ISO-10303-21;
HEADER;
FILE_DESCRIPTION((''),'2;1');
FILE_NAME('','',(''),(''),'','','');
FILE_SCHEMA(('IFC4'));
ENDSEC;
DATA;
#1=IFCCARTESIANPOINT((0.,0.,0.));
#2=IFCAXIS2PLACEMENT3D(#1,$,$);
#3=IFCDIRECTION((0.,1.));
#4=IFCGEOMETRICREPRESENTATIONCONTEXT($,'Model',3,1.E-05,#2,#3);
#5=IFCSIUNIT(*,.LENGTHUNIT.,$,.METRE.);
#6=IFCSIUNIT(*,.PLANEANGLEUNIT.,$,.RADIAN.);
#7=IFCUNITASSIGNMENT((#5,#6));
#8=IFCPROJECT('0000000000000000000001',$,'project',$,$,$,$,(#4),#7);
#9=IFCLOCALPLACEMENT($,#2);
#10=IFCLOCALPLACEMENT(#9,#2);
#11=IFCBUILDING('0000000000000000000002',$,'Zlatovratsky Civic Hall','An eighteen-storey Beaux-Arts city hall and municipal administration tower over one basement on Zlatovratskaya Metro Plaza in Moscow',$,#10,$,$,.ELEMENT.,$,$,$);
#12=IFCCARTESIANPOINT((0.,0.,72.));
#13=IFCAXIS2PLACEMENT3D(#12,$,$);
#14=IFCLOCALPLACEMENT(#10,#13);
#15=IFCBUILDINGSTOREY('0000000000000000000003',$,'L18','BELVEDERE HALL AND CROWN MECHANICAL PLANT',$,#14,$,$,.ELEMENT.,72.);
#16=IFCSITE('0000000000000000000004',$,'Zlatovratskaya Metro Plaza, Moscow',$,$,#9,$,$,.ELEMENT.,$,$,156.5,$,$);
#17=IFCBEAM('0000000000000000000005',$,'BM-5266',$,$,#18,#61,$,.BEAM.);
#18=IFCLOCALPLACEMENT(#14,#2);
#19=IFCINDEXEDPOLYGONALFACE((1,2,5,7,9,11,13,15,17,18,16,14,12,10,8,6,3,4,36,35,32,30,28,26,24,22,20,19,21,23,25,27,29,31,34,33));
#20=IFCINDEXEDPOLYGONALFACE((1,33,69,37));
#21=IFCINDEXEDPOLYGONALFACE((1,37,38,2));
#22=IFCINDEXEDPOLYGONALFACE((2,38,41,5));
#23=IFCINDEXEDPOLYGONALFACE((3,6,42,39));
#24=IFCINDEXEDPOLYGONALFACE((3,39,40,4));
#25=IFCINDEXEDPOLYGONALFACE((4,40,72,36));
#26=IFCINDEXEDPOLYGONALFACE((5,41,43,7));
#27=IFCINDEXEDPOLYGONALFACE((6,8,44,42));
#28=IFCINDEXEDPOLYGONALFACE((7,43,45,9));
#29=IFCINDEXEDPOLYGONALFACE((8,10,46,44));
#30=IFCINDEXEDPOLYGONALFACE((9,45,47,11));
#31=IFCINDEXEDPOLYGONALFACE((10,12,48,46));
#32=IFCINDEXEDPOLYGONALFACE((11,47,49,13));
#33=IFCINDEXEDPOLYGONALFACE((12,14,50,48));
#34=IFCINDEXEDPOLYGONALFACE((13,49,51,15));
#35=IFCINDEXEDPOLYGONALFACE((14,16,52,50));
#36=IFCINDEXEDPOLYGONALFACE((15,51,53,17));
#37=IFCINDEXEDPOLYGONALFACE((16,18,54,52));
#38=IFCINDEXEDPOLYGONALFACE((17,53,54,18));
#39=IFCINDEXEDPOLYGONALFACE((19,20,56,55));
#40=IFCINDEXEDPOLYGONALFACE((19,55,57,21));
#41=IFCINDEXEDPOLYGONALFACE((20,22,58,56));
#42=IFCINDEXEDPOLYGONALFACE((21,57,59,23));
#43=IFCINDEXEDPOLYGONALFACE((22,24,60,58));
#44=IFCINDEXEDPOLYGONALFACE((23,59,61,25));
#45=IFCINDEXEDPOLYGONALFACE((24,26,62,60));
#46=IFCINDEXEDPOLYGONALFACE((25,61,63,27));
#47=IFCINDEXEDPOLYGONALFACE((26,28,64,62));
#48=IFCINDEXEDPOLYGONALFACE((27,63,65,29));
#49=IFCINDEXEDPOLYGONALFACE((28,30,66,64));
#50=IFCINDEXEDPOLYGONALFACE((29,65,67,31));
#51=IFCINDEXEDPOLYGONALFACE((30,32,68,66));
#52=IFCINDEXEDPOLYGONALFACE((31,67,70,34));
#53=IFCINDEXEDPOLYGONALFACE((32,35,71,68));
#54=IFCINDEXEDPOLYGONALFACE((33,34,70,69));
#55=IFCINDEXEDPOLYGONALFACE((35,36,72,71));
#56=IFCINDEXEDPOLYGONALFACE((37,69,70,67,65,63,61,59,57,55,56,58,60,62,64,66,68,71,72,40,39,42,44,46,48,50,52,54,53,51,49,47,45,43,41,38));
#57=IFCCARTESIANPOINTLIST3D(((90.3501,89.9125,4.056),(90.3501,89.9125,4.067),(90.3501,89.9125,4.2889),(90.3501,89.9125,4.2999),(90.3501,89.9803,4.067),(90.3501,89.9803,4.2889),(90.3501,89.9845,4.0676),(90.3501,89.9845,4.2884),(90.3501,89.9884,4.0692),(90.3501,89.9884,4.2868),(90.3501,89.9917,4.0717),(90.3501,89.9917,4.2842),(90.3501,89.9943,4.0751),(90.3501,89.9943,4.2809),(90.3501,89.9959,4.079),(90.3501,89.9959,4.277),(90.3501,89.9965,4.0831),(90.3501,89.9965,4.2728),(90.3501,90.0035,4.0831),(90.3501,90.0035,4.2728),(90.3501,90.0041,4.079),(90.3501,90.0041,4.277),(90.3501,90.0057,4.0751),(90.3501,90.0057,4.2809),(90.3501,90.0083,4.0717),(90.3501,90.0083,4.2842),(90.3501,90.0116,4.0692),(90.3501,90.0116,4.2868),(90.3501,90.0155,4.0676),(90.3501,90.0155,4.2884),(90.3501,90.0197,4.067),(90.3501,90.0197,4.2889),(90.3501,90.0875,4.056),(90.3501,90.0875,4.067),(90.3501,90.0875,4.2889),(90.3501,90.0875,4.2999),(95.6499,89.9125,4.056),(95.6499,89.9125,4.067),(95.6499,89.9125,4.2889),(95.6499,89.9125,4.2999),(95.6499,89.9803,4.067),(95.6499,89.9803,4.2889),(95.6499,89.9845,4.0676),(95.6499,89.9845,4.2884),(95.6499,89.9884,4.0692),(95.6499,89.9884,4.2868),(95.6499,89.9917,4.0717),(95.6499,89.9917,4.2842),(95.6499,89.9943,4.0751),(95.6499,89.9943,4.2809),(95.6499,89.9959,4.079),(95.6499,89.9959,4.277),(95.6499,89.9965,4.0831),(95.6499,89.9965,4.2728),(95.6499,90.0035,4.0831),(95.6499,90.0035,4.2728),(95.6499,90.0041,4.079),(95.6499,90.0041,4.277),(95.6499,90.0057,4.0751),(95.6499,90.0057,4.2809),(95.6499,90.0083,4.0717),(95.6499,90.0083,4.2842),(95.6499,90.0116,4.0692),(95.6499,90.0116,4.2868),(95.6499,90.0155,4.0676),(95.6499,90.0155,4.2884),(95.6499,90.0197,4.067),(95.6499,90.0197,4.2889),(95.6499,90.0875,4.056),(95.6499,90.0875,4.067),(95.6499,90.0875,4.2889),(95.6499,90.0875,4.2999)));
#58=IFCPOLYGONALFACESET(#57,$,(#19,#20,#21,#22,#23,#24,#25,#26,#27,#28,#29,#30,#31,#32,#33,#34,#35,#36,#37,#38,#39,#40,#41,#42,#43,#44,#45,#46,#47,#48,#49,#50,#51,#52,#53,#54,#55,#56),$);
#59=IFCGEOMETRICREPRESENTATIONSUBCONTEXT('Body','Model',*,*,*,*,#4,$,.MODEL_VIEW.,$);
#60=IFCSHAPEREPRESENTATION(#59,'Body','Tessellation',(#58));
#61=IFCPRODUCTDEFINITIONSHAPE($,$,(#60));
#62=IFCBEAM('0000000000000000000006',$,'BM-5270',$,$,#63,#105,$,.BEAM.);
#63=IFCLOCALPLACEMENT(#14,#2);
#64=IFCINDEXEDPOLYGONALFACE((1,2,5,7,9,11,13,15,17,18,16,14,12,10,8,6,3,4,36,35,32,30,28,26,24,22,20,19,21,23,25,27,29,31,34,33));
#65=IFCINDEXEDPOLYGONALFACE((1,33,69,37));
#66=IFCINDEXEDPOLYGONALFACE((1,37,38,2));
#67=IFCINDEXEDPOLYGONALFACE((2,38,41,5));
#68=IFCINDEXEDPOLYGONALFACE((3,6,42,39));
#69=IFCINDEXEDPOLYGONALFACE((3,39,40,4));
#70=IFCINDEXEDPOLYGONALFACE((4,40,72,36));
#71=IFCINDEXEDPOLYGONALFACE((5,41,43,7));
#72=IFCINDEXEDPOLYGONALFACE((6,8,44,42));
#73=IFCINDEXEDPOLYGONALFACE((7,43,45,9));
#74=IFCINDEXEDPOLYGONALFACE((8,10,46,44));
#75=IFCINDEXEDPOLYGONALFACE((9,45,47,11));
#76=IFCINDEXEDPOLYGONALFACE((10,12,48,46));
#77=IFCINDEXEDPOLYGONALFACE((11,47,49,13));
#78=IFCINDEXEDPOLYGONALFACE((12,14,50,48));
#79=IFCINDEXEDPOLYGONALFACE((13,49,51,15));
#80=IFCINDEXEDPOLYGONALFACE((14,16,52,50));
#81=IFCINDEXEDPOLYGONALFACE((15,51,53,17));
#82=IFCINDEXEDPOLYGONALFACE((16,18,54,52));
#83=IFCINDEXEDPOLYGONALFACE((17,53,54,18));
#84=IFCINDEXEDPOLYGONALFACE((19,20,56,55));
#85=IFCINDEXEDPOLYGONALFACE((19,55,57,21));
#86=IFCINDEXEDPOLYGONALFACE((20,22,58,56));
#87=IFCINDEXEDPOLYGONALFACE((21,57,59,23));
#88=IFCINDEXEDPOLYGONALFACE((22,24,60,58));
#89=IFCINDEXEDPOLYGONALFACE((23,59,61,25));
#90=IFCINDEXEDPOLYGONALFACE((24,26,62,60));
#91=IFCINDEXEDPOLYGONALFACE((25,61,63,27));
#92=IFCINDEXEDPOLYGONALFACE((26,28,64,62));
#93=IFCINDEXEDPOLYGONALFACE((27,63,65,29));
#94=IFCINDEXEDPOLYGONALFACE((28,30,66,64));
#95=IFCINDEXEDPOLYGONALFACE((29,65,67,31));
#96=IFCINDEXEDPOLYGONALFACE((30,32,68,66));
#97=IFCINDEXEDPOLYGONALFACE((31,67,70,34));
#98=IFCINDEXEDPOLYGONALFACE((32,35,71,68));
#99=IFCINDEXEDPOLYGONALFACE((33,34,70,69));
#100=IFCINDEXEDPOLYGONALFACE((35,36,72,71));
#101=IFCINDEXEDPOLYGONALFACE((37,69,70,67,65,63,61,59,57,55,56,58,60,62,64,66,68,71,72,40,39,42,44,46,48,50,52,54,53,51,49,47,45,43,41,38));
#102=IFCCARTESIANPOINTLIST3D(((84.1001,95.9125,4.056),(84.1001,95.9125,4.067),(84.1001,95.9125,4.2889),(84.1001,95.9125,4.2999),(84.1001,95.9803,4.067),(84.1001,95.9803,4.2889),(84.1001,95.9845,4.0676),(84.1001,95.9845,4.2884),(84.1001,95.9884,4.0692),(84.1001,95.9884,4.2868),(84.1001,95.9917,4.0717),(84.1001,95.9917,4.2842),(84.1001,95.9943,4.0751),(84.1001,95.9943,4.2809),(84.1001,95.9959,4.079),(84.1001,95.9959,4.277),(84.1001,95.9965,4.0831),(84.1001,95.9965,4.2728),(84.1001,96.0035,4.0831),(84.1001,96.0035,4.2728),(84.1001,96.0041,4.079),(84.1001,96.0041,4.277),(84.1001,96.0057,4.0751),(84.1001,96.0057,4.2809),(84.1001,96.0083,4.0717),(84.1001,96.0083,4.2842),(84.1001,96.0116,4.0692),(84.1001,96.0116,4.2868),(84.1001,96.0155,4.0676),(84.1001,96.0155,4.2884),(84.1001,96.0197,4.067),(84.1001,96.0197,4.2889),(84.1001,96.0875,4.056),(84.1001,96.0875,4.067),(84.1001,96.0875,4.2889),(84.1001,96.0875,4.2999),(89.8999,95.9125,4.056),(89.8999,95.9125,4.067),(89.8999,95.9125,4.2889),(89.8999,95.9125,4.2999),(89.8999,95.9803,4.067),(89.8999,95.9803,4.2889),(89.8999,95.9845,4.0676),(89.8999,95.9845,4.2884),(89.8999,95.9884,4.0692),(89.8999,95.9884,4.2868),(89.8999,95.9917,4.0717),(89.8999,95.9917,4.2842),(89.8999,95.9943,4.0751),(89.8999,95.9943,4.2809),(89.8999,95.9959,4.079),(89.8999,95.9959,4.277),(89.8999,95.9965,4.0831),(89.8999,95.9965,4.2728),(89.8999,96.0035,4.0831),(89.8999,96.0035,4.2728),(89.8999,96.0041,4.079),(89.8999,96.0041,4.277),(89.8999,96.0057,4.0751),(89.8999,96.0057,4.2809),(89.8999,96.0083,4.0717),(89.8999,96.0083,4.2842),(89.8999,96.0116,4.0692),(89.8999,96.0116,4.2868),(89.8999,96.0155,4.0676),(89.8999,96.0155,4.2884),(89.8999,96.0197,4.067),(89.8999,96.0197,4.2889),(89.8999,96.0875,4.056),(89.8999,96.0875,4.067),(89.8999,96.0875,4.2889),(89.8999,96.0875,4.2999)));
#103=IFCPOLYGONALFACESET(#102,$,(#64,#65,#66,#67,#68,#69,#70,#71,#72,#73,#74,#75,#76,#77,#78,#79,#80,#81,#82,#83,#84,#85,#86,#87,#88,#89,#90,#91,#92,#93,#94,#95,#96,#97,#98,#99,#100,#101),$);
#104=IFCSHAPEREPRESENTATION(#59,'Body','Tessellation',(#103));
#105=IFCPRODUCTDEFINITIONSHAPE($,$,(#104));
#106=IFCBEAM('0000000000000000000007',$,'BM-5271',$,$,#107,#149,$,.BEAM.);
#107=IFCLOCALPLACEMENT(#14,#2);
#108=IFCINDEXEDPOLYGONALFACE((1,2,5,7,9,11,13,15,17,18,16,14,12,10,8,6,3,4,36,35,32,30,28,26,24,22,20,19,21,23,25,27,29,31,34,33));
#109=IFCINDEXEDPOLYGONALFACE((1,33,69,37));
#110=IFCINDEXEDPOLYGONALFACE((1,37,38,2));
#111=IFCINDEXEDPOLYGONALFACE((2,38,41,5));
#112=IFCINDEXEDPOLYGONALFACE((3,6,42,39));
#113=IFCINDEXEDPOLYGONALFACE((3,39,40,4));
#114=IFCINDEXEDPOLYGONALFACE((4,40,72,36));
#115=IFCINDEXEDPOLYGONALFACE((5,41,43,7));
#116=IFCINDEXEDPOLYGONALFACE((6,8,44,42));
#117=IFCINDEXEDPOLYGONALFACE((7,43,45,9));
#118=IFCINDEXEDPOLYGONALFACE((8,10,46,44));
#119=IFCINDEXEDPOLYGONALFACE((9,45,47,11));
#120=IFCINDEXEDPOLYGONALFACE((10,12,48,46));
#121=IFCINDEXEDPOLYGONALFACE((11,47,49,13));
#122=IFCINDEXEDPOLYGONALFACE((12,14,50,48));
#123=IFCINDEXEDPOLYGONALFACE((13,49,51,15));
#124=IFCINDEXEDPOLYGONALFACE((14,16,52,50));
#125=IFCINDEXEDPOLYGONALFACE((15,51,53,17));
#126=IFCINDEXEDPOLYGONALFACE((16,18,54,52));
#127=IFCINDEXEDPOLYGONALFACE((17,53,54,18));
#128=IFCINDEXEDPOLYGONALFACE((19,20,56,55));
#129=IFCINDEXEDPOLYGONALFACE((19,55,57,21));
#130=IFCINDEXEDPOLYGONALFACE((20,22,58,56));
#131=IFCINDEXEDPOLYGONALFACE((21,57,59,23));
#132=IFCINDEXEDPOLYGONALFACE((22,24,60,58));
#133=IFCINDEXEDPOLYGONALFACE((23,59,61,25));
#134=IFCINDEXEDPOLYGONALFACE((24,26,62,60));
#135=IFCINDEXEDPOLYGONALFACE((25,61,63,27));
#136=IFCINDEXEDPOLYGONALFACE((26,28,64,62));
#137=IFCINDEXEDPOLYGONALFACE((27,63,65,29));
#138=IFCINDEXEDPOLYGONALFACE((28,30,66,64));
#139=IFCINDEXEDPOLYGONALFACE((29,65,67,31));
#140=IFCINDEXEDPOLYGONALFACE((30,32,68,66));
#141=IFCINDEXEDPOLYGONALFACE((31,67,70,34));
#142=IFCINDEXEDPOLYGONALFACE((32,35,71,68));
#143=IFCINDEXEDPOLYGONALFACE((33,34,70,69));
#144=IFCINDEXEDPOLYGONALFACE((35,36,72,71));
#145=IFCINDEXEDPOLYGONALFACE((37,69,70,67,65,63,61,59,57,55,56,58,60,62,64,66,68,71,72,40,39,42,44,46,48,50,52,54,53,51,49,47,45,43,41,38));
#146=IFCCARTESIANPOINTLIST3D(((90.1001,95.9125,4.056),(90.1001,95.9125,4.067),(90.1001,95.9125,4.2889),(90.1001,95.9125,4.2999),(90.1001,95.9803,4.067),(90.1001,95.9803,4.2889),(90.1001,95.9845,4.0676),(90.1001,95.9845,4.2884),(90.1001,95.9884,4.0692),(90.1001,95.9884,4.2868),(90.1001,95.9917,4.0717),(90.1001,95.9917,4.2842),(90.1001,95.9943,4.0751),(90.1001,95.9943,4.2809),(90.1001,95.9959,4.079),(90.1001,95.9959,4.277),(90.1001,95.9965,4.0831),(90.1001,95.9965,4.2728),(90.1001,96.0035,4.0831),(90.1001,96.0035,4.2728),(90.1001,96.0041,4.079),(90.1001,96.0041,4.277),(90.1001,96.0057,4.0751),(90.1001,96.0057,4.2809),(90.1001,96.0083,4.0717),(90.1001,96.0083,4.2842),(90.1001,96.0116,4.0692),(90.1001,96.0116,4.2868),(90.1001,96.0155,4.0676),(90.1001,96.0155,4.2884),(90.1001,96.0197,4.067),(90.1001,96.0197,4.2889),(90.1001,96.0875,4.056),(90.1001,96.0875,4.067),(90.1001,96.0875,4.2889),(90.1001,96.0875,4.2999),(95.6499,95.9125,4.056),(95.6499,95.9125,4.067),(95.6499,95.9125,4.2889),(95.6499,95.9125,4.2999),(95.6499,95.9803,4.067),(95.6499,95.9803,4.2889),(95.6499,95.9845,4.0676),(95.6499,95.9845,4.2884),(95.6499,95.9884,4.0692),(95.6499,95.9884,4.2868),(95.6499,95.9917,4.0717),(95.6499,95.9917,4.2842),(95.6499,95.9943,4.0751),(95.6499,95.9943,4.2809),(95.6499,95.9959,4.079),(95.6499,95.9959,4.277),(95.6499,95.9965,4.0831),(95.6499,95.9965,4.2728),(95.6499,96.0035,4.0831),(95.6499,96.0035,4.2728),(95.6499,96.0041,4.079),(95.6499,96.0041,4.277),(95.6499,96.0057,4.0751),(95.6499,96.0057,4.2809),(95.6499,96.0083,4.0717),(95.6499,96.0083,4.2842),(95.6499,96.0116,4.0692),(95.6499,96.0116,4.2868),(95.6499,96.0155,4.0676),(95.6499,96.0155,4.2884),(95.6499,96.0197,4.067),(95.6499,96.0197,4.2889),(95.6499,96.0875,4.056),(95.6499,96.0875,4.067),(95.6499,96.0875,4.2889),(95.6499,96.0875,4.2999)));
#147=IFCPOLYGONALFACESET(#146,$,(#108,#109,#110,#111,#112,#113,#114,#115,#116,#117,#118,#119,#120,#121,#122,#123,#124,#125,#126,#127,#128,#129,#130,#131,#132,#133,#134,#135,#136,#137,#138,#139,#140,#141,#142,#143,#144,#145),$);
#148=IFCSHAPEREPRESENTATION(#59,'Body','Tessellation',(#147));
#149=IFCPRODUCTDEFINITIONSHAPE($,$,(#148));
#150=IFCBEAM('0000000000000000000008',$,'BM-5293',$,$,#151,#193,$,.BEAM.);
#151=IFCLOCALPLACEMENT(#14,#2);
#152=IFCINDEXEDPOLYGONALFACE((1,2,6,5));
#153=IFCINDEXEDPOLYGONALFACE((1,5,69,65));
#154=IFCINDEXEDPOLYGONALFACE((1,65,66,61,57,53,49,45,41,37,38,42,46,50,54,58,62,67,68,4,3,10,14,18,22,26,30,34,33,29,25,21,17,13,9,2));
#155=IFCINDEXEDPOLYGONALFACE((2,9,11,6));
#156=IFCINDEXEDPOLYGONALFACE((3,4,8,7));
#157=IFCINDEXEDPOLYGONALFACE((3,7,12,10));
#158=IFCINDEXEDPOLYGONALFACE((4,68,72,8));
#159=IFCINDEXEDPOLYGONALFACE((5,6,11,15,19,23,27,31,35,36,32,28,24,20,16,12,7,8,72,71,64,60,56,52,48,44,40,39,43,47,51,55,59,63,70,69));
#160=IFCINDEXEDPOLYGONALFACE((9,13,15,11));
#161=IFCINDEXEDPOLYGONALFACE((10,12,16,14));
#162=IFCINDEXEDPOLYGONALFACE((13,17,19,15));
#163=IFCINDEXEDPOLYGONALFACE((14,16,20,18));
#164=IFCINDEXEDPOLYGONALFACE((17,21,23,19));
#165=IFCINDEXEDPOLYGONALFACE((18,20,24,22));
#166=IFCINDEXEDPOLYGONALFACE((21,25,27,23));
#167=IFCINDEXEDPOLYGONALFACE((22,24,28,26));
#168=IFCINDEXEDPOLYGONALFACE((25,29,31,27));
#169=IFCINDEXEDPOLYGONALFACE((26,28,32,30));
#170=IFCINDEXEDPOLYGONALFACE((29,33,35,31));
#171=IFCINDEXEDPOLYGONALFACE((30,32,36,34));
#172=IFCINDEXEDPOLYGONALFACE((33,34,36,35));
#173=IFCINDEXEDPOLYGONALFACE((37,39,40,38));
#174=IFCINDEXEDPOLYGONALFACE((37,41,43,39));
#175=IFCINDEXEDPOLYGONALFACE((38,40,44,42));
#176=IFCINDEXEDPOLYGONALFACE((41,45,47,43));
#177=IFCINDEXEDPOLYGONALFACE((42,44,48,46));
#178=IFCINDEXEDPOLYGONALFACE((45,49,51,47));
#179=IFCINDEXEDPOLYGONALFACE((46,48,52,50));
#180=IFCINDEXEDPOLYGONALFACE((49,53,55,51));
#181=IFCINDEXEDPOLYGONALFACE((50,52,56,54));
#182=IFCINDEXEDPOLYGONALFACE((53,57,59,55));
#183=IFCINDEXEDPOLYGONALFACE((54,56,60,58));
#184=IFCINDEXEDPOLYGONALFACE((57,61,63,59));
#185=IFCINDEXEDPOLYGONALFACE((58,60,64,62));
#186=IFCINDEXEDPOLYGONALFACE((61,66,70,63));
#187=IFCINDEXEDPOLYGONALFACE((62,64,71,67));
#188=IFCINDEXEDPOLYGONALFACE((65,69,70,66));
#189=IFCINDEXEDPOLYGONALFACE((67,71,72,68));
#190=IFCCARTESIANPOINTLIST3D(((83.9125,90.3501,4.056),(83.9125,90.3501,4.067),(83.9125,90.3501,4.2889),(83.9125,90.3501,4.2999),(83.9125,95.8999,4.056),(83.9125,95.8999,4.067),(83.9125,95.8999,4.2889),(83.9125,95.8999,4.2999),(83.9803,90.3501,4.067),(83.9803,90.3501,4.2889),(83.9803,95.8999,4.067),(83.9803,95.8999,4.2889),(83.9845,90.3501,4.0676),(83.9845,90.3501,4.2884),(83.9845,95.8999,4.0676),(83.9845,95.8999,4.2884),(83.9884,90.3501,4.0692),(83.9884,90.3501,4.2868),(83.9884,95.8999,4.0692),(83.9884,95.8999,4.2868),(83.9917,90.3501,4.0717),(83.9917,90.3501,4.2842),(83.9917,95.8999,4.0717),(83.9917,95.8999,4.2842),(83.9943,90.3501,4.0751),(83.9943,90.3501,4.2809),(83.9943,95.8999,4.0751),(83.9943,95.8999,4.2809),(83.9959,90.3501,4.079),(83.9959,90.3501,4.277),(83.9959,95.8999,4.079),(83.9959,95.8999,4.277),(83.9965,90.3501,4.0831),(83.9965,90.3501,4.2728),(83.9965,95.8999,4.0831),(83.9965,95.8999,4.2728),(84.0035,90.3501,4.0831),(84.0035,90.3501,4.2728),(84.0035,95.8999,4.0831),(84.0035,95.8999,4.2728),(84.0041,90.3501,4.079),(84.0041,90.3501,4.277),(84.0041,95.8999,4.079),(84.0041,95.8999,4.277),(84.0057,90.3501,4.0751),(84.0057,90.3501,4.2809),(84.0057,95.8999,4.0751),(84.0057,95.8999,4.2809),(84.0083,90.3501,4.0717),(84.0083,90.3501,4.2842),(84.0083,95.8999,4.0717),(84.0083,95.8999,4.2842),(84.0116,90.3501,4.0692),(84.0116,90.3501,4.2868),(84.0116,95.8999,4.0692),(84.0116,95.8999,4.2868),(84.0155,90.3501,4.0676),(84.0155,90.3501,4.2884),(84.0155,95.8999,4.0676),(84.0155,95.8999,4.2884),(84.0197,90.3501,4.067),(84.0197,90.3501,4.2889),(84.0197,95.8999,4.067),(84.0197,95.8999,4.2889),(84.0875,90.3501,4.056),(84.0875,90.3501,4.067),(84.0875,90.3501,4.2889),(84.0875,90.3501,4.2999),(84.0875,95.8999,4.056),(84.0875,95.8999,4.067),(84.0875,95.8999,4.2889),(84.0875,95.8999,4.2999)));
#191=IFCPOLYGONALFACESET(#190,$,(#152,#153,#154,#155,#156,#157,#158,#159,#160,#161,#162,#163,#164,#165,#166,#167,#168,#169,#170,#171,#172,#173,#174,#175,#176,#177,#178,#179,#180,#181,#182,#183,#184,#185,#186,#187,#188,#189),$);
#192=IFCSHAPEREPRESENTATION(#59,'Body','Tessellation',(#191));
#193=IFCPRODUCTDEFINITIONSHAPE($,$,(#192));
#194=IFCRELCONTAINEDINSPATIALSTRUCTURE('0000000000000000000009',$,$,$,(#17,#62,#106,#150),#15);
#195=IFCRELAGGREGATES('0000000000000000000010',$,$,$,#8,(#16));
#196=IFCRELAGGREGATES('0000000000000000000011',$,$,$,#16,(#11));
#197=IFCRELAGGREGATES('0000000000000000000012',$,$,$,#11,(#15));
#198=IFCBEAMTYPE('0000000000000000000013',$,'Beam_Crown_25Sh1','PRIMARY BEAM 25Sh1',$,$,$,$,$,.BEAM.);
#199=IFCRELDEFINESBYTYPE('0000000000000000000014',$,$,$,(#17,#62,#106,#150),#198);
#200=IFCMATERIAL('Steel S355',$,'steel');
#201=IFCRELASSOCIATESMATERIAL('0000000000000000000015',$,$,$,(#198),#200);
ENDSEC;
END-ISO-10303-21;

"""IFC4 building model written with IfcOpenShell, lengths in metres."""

from ifc_helpers import new_model, si_unit, direction, frame, origin, origin_2d, place, context, subcontext, project, spatial, i_section, extrude, material, material_profile, profile_set, type_object, element, save


model = new_model("IFC4")

# Units and contexts
model_context = context("Model", 3, precision=1e-05, world=origin(), true_north=direction((0.0, 1.0)))
body_context = subcontext(model_context, "Body", "Model", "MODEL_VIEW")
ifc_project = project(units=[si_unit("LENGTHUNIT", "METRE"), si_unit("PLANEANGLEUNIT", "RADIAN")], contexts=[model_context])

# Site, building, storey
site_placement = place(None, origin())
site = spatial("IfcSite", under=ifc_project, at=site_placement, Name="Zlatovratskaya Metro Plaza, Moscow", CompositionType="ELEMENT", RefElevation=156.5)
building_placement = place(site_placement, origin())
building = spatial("IfcBuilding", under=site, at=building_placement, Name="Zlatovratsky Civic Hall", Description="An eighteen-storey Beaux-Arts city hall and municipal administration tower over one basement on Zlatovratskaya Metro Plaza in Moscow", CompositionType="ELEMENT")
storey_placement = place(building_placement, frame((0.0, 0.0, 72.0)))
storey = spatial("IfcBuildingStorey", under=building, at=storey_placement, Name="L18", Description="BELVEDERE HALL AND CROWN MECHANICAL PLANT", CompositionType="ELEMENT", Elevation=72.0)

# Shared definitions
ifc_material_1 = material(Name="Steel S355", Category="steel")

# Beams
ifc_material_profile_1 = material_profile(ifc_material_1, i_section(OverallWidth=0.175, OverallDepth=0.2439, WebThickness=0.0071, FlangeThickness=0.011, FilletRadius=0.0161, at=origin_2d()), Name="25Sh1")
ifc_profile_set_1 = profile_set([ifc_material_profile_1], Name="Steel S355")
beam_type_1 = type_object("IfcBeamType", Name="Beam_Crown_25Sh1", Description="PRIMARY BEAM 25Sh1", PredefinedType="BEAM", material=ifc_profile_set_1)
for number, where, z_axis, x_axis, name in (
    (1, (90.3501, 90.0, 4.178), (1.0, 0.0, 0.0), (0.0, 1.0, 0.0), "BM-5266"),
):
    element("IfcBeam", number, at=place(storey_placement, frame(where, z_axis=z_axis, x_axis=x_axis)), inside=storey, type_object=beam_type_1, Name=name, PredefinedType="BEAM", context=body_context, shape_type="SweptSolid", body=[
        extrude(i_section(OverallWidth=0.175, OverallDepth=0.2439, WebThickness=0.0071, FlangeThickness=0.011, FilletRadius=0.0161, at=origin_2d()), origin(), (0.0, 0.0, 1.0), 5.2998),
    ])
beam_1_placement = place(storey_placement, frame((84.1001, 96.0, 4.178), z_axis=(1.0, 0.0, 0.0), x_axis=(0.0, 1.0, 0.0)))
element("IfcBeam", 2, at=beam_1_placement, inside=storey, type_object=beam_type_1, Name="BM-5270", PredefinedType="BEAM", context=body_context, shape_type="SweptSolid", body=[
    extrude(i_section(OverallWidth=0.175, OverallDepth=0.2439, WebThickness=0.0071, FlangeThickness=0.011, FilletRadius=0.0161, at=origin_2d()), origin(), (0.0, 0.0, 1.0), 5.7998),
])
for number, where, z_axis, x_axis, name in (
    (3, (90.1001, 96.0, 4.178), (1.0, 0.0, 0.0), (0.0, 1.0, 0.0), "BM-5271"),
    (4, (84.0, 90.3501, 4.178), (0.0, 1.0, 0.0), (-1.0, 0.0, 0.0), "BM-5293"),
):
    element("IfcBeam", number, at=place(storey_placement, frame(where, z_axis=z_axis, x_axis=x_axis)), inside=storey, type_object=beam_type_1, Name=name, PredefinedType="BEAM", context=body_context, shape_type="SweptSolid", body=[
        extrude(i_section(OverallWidth=0.175, OverallDepth=0.2439, WebThickness=0.0071, FlangeThickness=0.011, FilletRadius=0.0161, at=origin_2d()), origin(), (0.0, 0.0, 1.0), 5.5498),
    ])

save(model, "model.ifc")
